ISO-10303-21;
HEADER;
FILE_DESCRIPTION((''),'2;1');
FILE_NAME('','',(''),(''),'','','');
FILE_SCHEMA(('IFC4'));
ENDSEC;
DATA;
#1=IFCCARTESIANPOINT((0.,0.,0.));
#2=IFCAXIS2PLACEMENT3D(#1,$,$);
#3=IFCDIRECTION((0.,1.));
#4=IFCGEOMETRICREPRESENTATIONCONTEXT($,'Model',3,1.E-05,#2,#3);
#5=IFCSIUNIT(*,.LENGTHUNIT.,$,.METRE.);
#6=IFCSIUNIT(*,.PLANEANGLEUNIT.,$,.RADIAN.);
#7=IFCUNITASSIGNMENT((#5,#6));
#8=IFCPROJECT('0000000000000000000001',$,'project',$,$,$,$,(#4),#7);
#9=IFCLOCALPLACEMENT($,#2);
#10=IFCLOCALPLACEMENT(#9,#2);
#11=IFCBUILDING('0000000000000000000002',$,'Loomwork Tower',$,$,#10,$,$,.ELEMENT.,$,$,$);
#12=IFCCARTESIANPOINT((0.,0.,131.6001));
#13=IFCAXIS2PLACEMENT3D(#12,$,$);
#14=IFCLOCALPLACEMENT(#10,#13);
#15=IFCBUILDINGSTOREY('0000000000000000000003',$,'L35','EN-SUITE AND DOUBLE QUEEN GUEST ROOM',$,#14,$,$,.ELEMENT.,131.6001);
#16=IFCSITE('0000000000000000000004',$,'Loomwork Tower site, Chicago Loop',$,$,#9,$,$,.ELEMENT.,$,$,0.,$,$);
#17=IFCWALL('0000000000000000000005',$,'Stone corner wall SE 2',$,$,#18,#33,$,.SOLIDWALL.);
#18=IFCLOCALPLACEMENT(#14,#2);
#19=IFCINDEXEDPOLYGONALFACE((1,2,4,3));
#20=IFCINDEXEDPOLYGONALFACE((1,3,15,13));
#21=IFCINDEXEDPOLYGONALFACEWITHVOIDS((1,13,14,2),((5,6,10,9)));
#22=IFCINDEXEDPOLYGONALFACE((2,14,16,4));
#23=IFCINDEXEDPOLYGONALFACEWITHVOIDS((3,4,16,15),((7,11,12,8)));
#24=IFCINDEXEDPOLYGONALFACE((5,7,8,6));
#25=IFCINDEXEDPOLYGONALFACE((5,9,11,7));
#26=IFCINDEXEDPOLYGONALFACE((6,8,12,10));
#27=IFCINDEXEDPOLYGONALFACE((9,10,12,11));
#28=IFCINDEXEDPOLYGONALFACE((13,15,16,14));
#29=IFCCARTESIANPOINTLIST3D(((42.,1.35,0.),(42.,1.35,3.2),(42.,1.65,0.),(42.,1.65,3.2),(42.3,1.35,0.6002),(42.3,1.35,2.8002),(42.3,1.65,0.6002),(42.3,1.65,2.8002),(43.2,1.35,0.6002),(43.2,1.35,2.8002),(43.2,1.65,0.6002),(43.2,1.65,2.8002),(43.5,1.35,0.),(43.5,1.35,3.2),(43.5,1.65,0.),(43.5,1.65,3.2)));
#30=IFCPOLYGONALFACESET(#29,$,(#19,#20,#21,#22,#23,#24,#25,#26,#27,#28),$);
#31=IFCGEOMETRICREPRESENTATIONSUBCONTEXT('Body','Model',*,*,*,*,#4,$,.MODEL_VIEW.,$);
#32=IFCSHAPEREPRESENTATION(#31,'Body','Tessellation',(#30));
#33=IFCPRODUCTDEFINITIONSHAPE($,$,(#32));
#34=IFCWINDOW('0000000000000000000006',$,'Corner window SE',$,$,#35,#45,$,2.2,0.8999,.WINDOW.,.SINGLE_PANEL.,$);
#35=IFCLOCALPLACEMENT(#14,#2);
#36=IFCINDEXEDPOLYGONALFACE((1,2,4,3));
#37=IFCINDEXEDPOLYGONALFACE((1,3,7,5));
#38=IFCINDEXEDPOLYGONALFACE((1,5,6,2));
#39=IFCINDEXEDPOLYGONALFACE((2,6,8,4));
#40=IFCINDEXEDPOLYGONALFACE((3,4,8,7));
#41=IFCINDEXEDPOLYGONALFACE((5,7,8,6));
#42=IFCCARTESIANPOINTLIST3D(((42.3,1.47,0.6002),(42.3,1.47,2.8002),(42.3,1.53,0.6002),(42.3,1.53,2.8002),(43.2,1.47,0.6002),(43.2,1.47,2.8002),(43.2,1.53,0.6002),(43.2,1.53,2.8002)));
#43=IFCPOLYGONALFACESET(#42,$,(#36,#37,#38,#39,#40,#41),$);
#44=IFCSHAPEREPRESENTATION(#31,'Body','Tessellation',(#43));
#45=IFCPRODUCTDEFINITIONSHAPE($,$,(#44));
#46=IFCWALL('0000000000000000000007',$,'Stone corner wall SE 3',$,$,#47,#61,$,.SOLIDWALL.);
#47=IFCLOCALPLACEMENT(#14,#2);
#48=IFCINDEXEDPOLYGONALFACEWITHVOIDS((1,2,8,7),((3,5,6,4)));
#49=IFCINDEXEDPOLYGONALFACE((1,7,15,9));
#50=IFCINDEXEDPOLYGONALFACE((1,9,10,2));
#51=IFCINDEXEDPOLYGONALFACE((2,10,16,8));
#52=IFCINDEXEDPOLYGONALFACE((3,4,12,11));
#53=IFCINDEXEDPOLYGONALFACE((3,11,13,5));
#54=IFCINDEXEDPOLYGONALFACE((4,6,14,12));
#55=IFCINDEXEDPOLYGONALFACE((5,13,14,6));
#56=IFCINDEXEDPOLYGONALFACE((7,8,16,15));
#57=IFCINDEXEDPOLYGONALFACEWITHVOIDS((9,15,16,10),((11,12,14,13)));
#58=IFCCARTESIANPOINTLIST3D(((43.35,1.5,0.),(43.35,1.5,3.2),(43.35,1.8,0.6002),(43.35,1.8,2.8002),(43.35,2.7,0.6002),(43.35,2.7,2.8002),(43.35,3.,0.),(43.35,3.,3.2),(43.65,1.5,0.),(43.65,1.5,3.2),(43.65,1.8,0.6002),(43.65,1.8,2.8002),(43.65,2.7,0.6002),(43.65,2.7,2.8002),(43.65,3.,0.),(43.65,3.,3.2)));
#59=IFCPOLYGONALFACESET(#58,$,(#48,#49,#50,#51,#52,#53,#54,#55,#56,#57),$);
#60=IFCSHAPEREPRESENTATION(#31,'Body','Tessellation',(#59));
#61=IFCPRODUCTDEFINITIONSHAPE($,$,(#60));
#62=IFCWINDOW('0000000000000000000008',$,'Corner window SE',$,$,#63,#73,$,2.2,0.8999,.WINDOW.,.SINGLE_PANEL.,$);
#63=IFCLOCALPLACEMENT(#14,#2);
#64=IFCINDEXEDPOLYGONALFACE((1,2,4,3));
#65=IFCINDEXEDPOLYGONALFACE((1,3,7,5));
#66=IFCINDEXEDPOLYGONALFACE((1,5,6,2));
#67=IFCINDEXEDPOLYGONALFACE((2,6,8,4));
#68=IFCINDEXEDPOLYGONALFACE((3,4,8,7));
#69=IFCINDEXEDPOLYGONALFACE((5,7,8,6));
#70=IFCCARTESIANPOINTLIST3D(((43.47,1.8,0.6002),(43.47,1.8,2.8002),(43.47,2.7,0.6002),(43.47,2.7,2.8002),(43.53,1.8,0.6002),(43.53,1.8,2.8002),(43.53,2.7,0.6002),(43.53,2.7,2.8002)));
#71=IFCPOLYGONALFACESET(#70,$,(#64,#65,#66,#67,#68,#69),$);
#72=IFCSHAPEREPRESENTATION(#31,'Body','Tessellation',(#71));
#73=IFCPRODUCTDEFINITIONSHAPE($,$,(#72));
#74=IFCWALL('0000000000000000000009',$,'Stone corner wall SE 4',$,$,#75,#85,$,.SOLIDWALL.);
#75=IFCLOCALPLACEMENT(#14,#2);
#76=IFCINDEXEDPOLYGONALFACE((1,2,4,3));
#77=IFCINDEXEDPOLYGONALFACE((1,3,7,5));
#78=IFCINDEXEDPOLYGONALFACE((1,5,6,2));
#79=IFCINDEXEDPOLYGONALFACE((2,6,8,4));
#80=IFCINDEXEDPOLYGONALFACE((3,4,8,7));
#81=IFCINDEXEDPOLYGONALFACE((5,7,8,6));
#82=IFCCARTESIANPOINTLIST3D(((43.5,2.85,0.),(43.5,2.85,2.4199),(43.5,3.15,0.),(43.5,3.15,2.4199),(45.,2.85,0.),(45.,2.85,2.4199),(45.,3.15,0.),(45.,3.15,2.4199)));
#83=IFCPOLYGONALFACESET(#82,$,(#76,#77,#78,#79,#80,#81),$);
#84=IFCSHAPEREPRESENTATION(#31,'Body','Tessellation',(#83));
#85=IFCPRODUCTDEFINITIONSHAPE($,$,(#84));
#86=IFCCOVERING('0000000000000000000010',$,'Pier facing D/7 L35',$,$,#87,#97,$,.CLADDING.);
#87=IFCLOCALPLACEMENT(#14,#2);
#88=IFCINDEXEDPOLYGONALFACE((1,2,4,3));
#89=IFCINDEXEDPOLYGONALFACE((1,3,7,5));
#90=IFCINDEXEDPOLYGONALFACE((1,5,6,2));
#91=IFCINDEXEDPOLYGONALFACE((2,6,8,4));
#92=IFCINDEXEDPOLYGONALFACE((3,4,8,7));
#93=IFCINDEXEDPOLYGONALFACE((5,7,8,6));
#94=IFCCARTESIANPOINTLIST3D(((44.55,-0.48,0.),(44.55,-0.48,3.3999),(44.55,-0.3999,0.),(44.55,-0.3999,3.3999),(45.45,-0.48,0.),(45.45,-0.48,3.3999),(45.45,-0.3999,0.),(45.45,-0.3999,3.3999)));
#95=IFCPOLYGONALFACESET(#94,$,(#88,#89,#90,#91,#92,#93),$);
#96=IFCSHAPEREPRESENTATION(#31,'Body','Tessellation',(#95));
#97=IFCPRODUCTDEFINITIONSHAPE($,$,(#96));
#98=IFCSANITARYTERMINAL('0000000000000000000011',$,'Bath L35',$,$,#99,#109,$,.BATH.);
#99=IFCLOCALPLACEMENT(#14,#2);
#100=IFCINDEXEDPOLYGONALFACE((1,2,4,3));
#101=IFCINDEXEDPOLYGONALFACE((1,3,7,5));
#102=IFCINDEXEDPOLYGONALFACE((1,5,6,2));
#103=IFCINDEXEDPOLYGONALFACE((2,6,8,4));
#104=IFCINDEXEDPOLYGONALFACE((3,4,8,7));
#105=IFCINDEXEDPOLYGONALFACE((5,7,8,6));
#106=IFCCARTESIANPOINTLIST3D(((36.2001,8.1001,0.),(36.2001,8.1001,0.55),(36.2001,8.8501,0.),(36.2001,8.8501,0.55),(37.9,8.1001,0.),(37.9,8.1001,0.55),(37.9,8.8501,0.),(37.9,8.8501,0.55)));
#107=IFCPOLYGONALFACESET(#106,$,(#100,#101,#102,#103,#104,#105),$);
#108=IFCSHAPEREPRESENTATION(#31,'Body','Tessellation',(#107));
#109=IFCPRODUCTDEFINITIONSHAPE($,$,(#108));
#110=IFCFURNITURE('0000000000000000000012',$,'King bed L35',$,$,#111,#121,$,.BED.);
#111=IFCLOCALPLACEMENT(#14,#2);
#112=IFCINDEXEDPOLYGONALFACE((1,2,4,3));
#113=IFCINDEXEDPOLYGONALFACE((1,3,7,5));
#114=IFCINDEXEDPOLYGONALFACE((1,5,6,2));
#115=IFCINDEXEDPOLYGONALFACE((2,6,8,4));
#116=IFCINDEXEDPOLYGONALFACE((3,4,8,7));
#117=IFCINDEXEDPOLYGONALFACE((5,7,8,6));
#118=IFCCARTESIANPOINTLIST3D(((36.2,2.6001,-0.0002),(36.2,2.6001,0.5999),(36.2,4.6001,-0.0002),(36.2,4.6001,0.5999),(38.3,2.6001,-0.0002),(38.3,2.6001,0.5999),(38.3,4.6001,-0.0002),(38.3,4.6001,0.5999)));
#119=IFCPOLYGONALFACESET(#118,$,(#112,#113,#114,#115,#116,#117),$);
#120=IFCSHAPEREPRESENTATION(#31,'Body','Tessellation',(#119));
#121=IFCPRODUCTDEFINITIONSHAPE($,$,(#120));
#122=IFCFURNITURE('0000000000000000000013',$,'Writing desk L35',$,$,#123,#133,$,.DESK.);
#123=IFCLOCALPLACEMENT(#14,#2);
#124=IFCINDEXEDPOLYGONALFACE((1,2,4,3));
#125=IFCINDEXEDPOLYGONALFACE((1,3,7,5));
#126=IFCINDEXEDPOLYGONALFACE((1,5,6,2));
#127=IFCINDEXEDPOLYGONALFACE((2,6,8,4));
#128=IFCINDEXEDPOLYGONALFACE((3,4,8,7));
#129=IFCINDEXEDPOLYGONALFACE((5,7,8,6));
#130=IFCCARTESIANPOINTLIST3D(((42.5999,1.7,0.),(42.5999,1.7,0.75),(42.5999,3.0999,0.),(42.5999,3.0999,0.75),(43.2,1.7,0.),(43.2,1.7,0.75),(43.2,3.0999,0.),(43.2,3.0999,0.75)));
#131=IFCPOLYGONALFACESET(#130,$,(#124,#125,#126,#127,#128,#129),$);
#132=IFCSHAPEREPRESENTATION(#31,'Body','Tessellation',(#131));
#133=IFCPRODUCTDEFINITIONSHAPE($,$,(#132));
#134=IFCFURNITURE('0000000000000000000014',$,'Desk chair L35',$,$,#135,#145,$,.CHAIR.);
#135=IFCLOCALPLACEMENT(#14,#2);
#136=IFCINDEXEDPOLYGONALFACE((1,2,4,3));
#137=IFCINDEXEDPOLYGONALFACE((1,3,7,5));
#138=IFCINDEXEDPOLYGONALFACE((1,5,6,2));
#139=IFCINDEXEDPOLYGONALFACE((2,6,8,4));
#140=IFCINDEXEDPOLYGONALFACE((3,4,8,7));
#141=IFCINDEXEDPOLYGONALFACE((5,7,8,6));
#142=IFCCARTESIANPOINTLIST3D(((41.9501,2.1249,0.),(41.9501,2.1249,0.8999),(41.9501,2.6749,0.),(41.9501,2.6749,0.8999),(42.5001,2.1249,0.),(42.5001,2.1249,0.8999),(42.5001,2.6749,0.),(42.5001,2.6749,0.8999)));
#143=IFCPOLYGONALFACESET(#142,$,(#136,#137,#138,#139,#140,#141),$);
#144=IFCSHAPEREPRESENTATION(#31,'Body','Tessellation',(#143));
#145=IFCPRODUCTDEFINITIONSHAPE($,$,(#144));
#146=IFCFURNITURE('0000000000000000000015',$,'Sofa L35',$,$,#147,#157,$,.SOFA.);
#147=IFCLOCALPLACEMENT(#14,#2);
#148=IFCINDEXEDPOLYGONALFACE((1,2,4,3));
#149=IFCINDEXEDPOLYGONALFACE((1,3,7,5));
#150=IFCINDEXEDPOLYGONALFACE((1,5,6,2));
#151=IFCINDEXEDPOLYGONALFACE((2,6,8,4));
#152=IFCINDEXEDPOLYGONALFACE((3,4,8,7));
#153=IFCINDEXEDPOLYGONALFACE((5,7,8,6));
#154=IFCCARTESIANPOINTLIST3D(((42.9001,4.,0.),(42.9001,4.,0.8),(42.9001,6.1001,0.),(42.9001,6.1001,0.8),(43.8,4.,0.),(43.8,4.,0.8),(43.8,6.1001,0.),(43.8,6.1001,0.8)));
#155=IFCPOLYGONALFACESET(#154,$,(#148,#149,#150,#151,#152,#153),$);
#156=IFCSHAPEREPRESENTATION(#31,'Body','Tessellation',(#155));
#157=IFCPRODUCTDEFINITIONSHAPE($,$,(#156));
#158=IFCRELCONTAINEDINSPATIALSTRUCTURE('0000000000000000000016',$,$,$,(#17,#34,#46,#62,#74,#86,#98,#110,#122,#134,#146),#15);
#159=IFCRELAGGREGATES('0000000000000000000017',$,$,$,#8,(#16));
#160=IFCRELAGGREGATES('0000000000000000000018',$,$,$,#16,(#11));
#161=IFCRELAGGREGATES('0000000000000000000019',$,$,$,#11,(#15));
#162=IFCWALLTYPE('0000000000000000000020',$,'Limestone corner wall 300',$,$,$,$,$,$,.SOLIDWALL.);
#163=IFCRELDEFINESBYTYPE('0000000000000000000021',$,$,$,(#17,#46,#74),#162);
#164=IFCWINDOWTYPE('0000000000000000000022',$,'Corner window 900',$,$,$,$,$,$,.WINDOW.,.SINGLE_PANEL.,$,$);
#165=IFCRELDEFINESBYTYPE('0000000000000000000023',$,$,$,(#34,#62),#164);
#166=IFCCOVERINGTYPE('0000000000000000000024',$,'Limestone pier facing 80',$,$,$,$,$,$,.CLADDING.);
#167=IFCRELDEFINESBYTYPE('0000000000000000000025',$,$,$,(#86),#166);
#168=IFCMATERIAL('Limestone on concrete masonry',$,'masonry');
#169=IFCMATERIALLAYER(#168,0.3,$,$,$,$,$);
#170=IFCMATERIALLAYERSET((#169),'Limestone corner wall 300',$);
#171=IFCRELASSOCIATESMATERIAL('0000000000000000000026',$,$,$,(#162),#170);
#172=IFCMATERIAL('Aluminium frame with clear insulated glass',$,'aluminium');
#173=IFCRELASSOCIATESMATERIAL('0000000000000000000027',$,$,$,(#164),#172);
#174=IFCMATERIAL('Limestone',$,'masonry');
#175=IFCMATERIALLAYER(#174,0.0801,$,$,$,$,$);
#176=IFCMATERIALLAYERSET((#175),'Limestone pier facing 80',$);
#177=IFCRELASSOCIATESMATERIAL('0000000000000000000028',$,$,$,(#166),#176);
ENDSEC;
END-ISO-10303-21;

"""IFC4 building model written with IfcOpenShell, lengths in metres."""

from ifc_helpers import new_model, si_unit, direction, frame, frame_2d, origin, origin_2d, place, context, subcontext, project, spatial, rectangle, extrude, material, layer, layer_set, type_object, element, fill, save


model = new_model("IFC4")

# Units and contexts
model_context = context("Model", 3, precision=1e-05, world=origin(), true_north=direction((0.0, 1.0)))
body_context = subcontext(model_context, "Body", "Model", "MODEL_VIEW")
ifc_project = project(units=[si_unit("LENGTHUNIT", "METRE"), si_unit("PLANEANGLEUNIT", "RADIAN")], contexts=[model_context])

# Site, building, storey
site_placement = place(None, origin())
site = spatial("IfcSite", under=ifc_project, at=site_placement, Name="Loomwork Tower site, Chicago Loop", CompositionType="ELEMENT", RefElevation=0.0)
building_placement = place(site_placement, origin())
building = spatial("IfcBuilding", under=site, at=building_placement, Name="Loomwork Tower", CompositionType="ELEMENT")
storey_placement = place(building_placement, frame((0.0, 0.0, 131.6001)))
storey = spatial("IfcBuildingStorey", under=building, at=storey_placement, Name="L35", Description="EN-SUITE AND DOUBLE QUEEN GUEST ROOM", CompositionType="ELEMENT", Elevation=131.6001)

# Shared definitions
ifc_material_1 = material(Name="Limestone on concrete masonry", Category="masonry")
ifc_layer_1 = layer(ifc_material_1, 0.3)
ifc_layer_set_1 = layer_set([ifc_layer_1], Name="Limestone corner wall 300")
wall_type_1 = type_object("IfcWallType", Name="Limestone corner wall 300", PredefinedType="SOLIDWALL", material=ifc_layer_set_1)

# Walls, openings, windows
wall_1_placement = place(storey_placement, frame((42.0, 1.5, 0.0), z_axis=(0.0, 0.0, 1.0), x_axis=(1.0, 0.0, 0.0)))
wall_1 = element("IfcWall", 1, at=wall_1_placement, inside=storey, type_object=wall_type_1, Name="Stone corner wall SE 2", PredefinedType="SOLIDWALL", context=body_context, shape_type="SweptSolid", body=[
    extrude(rectangle(XDim=1.5, YDim=0.3, at=frame_2d((0.75, 0.0))), origin(), (0.0, 0.0, 1.0), 3.2),
])
opening_1_placement = place(wall_1_placement, frame((0.3, 0.0, 0.6001)))
opening_1 = element("IfcOpeningElement", 2, at=opening_1_placement, cuts=wall_1, PredefinedType="OPENING", context=body_context, shape_type="SweptSolid", body=[
    extrude(rectangle(XDim=0.8999, YDim=2.2, at=frame_2d((0.45, 1.1001))), frame((0.0, 0.1599, 0.0), z_axis=(0.0, -1.0, 0.0), x_axis=(1.0, 0.0, 0.0)), (0.0, 0.0, 1.0), 0.3201),
])
ifc_material_2 = material(Name="Aluminium frame with clear insulated glass", Category="aluminium")
window_type_1 = type_object("IfcWindowType", Name="Corner window 900", PartitioningType="SINGLE_PANEL", PredefinedType="WINDOW", material=ifc_material_2)
window_1_placement = place(opening_1_placement, origin())
window_1 = element("IfcWindow", 3, at=window_1_placement, inside=storey, type_object=window_type_1, Name="Corner window SE", OverallHeight=2.2, OverallWidth=0.8999, PartitioningType="SINGLE_PANEL", PredefinedType="WINDOW", context=body_context, shape_type="SweptSolid", body=[
    extrude(rectangle(XDim=0.8999, YDim=2.2, at=frame_2d((0.45, 1.1001))), frame((0.0, 0.03, 0.0), z_axis=(0.0, -1.0, 0.0), x_axis=(1.0, 0.0, 0.0)), (0.0, 0.0, 1.0), 0.0601),
])
fill(opening_1, window_1)
wall_2_placement = place(storey_placement, frame((43.5, 1.5, 0.0), z_axis=(0.0, 0.0, 1.0), x_axis=(0.0, 1.0, 0.0)))
wall_2 = element("IfcWall", 4, at=wall_2_placement, inside=storey, type_object=wall_type_1, Name="Stone corner wall SE 3", PredefinedType="SOLIDWALL", context=body_context, shape_type="SweptSolid", body=[
    extrude(rectangle(XDim=1.5, YDim=0.3, at=frame_2d((0.75, 0.0))), origin(), (0.0, 0.0, 1.0), 3.2),
])
opening_2_placement = place(wall_2_placement, frame((0.3, 0.0, 0.6001)))
opening_2 = element("IfcOpeningElement", 5, at=opening_2_placement, cuts=wall_2, PredefinedType="OPENING", context=body_context, shape_type="SweptSolid", body=[
    extrude(rectangle(XDim=0.8999, YDim=2.2, at=frame_2d((0.45, 1.1001))), frame((0.0, 0.1599, 0.0), z_axis=(0.0, -1.0, 0.0), x_axis=(1.0, 0.0, 0.0)), (0.0, 0.0, 1.0), 0.3201),
])
window_2_placement = place(opening_2_placement, origin())
window_2 = element("IfcWindow", 6, at=window_2_placement, inside=storey, type_object=window_type_1, Name="Corner window SE", OverallHeight=2.2, OverallWidth=0.8999, PartitioningType="SINGLE_PANEL", PredefinedType="WINDOW", context=body_context, shape_type="SweptSolid", body=[
    extrude(rectangle(XDim=0.8999, YDim=2.2, at=frame_2d((0.45, 1.1001))), frame((0.0, 0.03, 0.0), z_axis=(0.0, -1.0, 0.0), x_axis=(1.0, 0.0, 0.0)), (0.0, 0.0, 1.0), 0.0601),
])
fill(opening_2, window_2)

# Wall
wall_3_placement = place(storey_placement, frame((43.5, 3.0, 0.0), z_axis=(0.0, 0.0, 1.0), x_axis=(1.0, 0.0, 0.0)))
element("IfcWall", 7, at=wall_3_placement, inside=storey, type_object=wall_type_1, Name="Stone corner wall SE 4", PredefinedType="SOLIDWALL", context=body_context, shape_type="SweptSolid", body=[
    extrude(rectangle(XDim=1.5, YDim=0.3, at=frame_2d((0.75, 0.0))), origin(), (0.0, 0.0, 1.0), 2.4199),
])

# Covering
ifc_material_3 = material(Name="Limestone", Category="masonry")
ifc_layer_2 = layer(ifc_material_3, 0.0801)
ifc_layer_set_2 = layer_set([ifc_layer_2], Name="Limestone pier facing 80")
covering_type = type_object("IfcCoveringType", Name="Limestone pier facing 80", PredefinedType="CLADDING", material=ifc_layer_set_2)
covering_placement = place(storey_placement, frame((45.0, -0.4399, 0.0), z_axis=(0.0, 0.0, 1.0), x_axis=(1.0, 0.0, 0.0)))
element("IfcCovering", 8, at=covering_placement, inside=storey, type_object=covering_type, Name="Pier facing D/7 L35", PredefinedType="CLADDING", context=body_context, shape_type="SweptSolid", body=[
    extrude(rectangle(XDim=0.8999, YDim=0.0801, at=origin_2d()), origin(), (0.0, 0.0, 1.0), 3.3999),
])

# Sanitary terminal
sanitary_terminal_placement = place(storey_placement, frame((37.05, 8.4751, 0.0), z_axis=(0.0, 0.0, 1.0), x_axis=(1.0, 0.0, 0.0)))
element("IfcSanitaryTerminal", 9, at=sanitary_terminal_placement, inside=storey, Name="Bath L35", PredefinedType="BATH", context=body_context, shape_type="SweptSolid", body=[
    extrude(rectangle(XDim=1.7, YDim=0.75, at=origin_2d()), origin(), (0.0, 0.0, 1.0), 0.55),
])

# Furniture
furniture_1_placement = place(storey_placement, frame((37.25, 3.6001, -0.0002), z_axis=(0.0, 0.0, 1.0), x_axis=(1.0, 0.0, 0.0)))
element("IfcFurniture", 10, at=furniture_1_placement, inside=storey, Name="King bed L35", PredefinedType="BED", context=body_context, shape_type="SweptSolid", body=[
    extrude(rectangle(XDim=2.1001, YDim=2.0, at=origin_2d()), origin(), (0.0, 0.0, 1.0), 0.6001),
])
furniture_2_placement = place(storey_placement, frame((42.8999, 2.3999, 0.0), z_axis=(0.0, 0.0, 1.0), x_axis=(1.0, 0.0, 0.0)))
element("IfcFurniture", 11, at=furniture_2_placement, inside=storey, Name="Writing desk L35", PredefinedType="DESK", context=body_context, shape_type="SweptSolid", body=[
    extrude(rectangle(XDim=0.6001, YDim=1.3999, at=origin_2d()), origin(), (0.0, 0.0, 1.0), 0.75),
])
furniture_3_placement = place(storey_placement, frame((42.2251, 2.3999, 0.0), z_axis=(0.0, 0.0, 1.0), x_axis=(1.0, 0.0, 0.0)))
element("IfcFurniture", 12, at=furniture_3_placement, inside=storey, Name="Desk chair L35", PredefinedType="CHAIR", context=body_context, shape_type="SweptSolid", body=[
    extrude(rectangle(XDim=0.55, YDim=0.55, at=origin_2d()), origin(), (0.0, 0.0, 1.0), 0.8999),
])
furniture_4_placement = place(storey_placement, frame((43.3501, 5.05, 0.0), z_axis=(0.0, 0.0, 1.0), x_axis=(1.0, 0.0, 0.0)))
element("IfcFurniture", 13, at=furniture_4_placement, inside=storey, Name="Sofa L35", PredefinedType="SOFA", context=body_context, shape_type="SweptSolid", body=[
    extrude(rectangle(XDim=0.8999, YDim=2.1001, at=origin_2d()), origin(), (0.0, 0.0, 1.0), 0.8),
])

save(model, "model.ifc")
